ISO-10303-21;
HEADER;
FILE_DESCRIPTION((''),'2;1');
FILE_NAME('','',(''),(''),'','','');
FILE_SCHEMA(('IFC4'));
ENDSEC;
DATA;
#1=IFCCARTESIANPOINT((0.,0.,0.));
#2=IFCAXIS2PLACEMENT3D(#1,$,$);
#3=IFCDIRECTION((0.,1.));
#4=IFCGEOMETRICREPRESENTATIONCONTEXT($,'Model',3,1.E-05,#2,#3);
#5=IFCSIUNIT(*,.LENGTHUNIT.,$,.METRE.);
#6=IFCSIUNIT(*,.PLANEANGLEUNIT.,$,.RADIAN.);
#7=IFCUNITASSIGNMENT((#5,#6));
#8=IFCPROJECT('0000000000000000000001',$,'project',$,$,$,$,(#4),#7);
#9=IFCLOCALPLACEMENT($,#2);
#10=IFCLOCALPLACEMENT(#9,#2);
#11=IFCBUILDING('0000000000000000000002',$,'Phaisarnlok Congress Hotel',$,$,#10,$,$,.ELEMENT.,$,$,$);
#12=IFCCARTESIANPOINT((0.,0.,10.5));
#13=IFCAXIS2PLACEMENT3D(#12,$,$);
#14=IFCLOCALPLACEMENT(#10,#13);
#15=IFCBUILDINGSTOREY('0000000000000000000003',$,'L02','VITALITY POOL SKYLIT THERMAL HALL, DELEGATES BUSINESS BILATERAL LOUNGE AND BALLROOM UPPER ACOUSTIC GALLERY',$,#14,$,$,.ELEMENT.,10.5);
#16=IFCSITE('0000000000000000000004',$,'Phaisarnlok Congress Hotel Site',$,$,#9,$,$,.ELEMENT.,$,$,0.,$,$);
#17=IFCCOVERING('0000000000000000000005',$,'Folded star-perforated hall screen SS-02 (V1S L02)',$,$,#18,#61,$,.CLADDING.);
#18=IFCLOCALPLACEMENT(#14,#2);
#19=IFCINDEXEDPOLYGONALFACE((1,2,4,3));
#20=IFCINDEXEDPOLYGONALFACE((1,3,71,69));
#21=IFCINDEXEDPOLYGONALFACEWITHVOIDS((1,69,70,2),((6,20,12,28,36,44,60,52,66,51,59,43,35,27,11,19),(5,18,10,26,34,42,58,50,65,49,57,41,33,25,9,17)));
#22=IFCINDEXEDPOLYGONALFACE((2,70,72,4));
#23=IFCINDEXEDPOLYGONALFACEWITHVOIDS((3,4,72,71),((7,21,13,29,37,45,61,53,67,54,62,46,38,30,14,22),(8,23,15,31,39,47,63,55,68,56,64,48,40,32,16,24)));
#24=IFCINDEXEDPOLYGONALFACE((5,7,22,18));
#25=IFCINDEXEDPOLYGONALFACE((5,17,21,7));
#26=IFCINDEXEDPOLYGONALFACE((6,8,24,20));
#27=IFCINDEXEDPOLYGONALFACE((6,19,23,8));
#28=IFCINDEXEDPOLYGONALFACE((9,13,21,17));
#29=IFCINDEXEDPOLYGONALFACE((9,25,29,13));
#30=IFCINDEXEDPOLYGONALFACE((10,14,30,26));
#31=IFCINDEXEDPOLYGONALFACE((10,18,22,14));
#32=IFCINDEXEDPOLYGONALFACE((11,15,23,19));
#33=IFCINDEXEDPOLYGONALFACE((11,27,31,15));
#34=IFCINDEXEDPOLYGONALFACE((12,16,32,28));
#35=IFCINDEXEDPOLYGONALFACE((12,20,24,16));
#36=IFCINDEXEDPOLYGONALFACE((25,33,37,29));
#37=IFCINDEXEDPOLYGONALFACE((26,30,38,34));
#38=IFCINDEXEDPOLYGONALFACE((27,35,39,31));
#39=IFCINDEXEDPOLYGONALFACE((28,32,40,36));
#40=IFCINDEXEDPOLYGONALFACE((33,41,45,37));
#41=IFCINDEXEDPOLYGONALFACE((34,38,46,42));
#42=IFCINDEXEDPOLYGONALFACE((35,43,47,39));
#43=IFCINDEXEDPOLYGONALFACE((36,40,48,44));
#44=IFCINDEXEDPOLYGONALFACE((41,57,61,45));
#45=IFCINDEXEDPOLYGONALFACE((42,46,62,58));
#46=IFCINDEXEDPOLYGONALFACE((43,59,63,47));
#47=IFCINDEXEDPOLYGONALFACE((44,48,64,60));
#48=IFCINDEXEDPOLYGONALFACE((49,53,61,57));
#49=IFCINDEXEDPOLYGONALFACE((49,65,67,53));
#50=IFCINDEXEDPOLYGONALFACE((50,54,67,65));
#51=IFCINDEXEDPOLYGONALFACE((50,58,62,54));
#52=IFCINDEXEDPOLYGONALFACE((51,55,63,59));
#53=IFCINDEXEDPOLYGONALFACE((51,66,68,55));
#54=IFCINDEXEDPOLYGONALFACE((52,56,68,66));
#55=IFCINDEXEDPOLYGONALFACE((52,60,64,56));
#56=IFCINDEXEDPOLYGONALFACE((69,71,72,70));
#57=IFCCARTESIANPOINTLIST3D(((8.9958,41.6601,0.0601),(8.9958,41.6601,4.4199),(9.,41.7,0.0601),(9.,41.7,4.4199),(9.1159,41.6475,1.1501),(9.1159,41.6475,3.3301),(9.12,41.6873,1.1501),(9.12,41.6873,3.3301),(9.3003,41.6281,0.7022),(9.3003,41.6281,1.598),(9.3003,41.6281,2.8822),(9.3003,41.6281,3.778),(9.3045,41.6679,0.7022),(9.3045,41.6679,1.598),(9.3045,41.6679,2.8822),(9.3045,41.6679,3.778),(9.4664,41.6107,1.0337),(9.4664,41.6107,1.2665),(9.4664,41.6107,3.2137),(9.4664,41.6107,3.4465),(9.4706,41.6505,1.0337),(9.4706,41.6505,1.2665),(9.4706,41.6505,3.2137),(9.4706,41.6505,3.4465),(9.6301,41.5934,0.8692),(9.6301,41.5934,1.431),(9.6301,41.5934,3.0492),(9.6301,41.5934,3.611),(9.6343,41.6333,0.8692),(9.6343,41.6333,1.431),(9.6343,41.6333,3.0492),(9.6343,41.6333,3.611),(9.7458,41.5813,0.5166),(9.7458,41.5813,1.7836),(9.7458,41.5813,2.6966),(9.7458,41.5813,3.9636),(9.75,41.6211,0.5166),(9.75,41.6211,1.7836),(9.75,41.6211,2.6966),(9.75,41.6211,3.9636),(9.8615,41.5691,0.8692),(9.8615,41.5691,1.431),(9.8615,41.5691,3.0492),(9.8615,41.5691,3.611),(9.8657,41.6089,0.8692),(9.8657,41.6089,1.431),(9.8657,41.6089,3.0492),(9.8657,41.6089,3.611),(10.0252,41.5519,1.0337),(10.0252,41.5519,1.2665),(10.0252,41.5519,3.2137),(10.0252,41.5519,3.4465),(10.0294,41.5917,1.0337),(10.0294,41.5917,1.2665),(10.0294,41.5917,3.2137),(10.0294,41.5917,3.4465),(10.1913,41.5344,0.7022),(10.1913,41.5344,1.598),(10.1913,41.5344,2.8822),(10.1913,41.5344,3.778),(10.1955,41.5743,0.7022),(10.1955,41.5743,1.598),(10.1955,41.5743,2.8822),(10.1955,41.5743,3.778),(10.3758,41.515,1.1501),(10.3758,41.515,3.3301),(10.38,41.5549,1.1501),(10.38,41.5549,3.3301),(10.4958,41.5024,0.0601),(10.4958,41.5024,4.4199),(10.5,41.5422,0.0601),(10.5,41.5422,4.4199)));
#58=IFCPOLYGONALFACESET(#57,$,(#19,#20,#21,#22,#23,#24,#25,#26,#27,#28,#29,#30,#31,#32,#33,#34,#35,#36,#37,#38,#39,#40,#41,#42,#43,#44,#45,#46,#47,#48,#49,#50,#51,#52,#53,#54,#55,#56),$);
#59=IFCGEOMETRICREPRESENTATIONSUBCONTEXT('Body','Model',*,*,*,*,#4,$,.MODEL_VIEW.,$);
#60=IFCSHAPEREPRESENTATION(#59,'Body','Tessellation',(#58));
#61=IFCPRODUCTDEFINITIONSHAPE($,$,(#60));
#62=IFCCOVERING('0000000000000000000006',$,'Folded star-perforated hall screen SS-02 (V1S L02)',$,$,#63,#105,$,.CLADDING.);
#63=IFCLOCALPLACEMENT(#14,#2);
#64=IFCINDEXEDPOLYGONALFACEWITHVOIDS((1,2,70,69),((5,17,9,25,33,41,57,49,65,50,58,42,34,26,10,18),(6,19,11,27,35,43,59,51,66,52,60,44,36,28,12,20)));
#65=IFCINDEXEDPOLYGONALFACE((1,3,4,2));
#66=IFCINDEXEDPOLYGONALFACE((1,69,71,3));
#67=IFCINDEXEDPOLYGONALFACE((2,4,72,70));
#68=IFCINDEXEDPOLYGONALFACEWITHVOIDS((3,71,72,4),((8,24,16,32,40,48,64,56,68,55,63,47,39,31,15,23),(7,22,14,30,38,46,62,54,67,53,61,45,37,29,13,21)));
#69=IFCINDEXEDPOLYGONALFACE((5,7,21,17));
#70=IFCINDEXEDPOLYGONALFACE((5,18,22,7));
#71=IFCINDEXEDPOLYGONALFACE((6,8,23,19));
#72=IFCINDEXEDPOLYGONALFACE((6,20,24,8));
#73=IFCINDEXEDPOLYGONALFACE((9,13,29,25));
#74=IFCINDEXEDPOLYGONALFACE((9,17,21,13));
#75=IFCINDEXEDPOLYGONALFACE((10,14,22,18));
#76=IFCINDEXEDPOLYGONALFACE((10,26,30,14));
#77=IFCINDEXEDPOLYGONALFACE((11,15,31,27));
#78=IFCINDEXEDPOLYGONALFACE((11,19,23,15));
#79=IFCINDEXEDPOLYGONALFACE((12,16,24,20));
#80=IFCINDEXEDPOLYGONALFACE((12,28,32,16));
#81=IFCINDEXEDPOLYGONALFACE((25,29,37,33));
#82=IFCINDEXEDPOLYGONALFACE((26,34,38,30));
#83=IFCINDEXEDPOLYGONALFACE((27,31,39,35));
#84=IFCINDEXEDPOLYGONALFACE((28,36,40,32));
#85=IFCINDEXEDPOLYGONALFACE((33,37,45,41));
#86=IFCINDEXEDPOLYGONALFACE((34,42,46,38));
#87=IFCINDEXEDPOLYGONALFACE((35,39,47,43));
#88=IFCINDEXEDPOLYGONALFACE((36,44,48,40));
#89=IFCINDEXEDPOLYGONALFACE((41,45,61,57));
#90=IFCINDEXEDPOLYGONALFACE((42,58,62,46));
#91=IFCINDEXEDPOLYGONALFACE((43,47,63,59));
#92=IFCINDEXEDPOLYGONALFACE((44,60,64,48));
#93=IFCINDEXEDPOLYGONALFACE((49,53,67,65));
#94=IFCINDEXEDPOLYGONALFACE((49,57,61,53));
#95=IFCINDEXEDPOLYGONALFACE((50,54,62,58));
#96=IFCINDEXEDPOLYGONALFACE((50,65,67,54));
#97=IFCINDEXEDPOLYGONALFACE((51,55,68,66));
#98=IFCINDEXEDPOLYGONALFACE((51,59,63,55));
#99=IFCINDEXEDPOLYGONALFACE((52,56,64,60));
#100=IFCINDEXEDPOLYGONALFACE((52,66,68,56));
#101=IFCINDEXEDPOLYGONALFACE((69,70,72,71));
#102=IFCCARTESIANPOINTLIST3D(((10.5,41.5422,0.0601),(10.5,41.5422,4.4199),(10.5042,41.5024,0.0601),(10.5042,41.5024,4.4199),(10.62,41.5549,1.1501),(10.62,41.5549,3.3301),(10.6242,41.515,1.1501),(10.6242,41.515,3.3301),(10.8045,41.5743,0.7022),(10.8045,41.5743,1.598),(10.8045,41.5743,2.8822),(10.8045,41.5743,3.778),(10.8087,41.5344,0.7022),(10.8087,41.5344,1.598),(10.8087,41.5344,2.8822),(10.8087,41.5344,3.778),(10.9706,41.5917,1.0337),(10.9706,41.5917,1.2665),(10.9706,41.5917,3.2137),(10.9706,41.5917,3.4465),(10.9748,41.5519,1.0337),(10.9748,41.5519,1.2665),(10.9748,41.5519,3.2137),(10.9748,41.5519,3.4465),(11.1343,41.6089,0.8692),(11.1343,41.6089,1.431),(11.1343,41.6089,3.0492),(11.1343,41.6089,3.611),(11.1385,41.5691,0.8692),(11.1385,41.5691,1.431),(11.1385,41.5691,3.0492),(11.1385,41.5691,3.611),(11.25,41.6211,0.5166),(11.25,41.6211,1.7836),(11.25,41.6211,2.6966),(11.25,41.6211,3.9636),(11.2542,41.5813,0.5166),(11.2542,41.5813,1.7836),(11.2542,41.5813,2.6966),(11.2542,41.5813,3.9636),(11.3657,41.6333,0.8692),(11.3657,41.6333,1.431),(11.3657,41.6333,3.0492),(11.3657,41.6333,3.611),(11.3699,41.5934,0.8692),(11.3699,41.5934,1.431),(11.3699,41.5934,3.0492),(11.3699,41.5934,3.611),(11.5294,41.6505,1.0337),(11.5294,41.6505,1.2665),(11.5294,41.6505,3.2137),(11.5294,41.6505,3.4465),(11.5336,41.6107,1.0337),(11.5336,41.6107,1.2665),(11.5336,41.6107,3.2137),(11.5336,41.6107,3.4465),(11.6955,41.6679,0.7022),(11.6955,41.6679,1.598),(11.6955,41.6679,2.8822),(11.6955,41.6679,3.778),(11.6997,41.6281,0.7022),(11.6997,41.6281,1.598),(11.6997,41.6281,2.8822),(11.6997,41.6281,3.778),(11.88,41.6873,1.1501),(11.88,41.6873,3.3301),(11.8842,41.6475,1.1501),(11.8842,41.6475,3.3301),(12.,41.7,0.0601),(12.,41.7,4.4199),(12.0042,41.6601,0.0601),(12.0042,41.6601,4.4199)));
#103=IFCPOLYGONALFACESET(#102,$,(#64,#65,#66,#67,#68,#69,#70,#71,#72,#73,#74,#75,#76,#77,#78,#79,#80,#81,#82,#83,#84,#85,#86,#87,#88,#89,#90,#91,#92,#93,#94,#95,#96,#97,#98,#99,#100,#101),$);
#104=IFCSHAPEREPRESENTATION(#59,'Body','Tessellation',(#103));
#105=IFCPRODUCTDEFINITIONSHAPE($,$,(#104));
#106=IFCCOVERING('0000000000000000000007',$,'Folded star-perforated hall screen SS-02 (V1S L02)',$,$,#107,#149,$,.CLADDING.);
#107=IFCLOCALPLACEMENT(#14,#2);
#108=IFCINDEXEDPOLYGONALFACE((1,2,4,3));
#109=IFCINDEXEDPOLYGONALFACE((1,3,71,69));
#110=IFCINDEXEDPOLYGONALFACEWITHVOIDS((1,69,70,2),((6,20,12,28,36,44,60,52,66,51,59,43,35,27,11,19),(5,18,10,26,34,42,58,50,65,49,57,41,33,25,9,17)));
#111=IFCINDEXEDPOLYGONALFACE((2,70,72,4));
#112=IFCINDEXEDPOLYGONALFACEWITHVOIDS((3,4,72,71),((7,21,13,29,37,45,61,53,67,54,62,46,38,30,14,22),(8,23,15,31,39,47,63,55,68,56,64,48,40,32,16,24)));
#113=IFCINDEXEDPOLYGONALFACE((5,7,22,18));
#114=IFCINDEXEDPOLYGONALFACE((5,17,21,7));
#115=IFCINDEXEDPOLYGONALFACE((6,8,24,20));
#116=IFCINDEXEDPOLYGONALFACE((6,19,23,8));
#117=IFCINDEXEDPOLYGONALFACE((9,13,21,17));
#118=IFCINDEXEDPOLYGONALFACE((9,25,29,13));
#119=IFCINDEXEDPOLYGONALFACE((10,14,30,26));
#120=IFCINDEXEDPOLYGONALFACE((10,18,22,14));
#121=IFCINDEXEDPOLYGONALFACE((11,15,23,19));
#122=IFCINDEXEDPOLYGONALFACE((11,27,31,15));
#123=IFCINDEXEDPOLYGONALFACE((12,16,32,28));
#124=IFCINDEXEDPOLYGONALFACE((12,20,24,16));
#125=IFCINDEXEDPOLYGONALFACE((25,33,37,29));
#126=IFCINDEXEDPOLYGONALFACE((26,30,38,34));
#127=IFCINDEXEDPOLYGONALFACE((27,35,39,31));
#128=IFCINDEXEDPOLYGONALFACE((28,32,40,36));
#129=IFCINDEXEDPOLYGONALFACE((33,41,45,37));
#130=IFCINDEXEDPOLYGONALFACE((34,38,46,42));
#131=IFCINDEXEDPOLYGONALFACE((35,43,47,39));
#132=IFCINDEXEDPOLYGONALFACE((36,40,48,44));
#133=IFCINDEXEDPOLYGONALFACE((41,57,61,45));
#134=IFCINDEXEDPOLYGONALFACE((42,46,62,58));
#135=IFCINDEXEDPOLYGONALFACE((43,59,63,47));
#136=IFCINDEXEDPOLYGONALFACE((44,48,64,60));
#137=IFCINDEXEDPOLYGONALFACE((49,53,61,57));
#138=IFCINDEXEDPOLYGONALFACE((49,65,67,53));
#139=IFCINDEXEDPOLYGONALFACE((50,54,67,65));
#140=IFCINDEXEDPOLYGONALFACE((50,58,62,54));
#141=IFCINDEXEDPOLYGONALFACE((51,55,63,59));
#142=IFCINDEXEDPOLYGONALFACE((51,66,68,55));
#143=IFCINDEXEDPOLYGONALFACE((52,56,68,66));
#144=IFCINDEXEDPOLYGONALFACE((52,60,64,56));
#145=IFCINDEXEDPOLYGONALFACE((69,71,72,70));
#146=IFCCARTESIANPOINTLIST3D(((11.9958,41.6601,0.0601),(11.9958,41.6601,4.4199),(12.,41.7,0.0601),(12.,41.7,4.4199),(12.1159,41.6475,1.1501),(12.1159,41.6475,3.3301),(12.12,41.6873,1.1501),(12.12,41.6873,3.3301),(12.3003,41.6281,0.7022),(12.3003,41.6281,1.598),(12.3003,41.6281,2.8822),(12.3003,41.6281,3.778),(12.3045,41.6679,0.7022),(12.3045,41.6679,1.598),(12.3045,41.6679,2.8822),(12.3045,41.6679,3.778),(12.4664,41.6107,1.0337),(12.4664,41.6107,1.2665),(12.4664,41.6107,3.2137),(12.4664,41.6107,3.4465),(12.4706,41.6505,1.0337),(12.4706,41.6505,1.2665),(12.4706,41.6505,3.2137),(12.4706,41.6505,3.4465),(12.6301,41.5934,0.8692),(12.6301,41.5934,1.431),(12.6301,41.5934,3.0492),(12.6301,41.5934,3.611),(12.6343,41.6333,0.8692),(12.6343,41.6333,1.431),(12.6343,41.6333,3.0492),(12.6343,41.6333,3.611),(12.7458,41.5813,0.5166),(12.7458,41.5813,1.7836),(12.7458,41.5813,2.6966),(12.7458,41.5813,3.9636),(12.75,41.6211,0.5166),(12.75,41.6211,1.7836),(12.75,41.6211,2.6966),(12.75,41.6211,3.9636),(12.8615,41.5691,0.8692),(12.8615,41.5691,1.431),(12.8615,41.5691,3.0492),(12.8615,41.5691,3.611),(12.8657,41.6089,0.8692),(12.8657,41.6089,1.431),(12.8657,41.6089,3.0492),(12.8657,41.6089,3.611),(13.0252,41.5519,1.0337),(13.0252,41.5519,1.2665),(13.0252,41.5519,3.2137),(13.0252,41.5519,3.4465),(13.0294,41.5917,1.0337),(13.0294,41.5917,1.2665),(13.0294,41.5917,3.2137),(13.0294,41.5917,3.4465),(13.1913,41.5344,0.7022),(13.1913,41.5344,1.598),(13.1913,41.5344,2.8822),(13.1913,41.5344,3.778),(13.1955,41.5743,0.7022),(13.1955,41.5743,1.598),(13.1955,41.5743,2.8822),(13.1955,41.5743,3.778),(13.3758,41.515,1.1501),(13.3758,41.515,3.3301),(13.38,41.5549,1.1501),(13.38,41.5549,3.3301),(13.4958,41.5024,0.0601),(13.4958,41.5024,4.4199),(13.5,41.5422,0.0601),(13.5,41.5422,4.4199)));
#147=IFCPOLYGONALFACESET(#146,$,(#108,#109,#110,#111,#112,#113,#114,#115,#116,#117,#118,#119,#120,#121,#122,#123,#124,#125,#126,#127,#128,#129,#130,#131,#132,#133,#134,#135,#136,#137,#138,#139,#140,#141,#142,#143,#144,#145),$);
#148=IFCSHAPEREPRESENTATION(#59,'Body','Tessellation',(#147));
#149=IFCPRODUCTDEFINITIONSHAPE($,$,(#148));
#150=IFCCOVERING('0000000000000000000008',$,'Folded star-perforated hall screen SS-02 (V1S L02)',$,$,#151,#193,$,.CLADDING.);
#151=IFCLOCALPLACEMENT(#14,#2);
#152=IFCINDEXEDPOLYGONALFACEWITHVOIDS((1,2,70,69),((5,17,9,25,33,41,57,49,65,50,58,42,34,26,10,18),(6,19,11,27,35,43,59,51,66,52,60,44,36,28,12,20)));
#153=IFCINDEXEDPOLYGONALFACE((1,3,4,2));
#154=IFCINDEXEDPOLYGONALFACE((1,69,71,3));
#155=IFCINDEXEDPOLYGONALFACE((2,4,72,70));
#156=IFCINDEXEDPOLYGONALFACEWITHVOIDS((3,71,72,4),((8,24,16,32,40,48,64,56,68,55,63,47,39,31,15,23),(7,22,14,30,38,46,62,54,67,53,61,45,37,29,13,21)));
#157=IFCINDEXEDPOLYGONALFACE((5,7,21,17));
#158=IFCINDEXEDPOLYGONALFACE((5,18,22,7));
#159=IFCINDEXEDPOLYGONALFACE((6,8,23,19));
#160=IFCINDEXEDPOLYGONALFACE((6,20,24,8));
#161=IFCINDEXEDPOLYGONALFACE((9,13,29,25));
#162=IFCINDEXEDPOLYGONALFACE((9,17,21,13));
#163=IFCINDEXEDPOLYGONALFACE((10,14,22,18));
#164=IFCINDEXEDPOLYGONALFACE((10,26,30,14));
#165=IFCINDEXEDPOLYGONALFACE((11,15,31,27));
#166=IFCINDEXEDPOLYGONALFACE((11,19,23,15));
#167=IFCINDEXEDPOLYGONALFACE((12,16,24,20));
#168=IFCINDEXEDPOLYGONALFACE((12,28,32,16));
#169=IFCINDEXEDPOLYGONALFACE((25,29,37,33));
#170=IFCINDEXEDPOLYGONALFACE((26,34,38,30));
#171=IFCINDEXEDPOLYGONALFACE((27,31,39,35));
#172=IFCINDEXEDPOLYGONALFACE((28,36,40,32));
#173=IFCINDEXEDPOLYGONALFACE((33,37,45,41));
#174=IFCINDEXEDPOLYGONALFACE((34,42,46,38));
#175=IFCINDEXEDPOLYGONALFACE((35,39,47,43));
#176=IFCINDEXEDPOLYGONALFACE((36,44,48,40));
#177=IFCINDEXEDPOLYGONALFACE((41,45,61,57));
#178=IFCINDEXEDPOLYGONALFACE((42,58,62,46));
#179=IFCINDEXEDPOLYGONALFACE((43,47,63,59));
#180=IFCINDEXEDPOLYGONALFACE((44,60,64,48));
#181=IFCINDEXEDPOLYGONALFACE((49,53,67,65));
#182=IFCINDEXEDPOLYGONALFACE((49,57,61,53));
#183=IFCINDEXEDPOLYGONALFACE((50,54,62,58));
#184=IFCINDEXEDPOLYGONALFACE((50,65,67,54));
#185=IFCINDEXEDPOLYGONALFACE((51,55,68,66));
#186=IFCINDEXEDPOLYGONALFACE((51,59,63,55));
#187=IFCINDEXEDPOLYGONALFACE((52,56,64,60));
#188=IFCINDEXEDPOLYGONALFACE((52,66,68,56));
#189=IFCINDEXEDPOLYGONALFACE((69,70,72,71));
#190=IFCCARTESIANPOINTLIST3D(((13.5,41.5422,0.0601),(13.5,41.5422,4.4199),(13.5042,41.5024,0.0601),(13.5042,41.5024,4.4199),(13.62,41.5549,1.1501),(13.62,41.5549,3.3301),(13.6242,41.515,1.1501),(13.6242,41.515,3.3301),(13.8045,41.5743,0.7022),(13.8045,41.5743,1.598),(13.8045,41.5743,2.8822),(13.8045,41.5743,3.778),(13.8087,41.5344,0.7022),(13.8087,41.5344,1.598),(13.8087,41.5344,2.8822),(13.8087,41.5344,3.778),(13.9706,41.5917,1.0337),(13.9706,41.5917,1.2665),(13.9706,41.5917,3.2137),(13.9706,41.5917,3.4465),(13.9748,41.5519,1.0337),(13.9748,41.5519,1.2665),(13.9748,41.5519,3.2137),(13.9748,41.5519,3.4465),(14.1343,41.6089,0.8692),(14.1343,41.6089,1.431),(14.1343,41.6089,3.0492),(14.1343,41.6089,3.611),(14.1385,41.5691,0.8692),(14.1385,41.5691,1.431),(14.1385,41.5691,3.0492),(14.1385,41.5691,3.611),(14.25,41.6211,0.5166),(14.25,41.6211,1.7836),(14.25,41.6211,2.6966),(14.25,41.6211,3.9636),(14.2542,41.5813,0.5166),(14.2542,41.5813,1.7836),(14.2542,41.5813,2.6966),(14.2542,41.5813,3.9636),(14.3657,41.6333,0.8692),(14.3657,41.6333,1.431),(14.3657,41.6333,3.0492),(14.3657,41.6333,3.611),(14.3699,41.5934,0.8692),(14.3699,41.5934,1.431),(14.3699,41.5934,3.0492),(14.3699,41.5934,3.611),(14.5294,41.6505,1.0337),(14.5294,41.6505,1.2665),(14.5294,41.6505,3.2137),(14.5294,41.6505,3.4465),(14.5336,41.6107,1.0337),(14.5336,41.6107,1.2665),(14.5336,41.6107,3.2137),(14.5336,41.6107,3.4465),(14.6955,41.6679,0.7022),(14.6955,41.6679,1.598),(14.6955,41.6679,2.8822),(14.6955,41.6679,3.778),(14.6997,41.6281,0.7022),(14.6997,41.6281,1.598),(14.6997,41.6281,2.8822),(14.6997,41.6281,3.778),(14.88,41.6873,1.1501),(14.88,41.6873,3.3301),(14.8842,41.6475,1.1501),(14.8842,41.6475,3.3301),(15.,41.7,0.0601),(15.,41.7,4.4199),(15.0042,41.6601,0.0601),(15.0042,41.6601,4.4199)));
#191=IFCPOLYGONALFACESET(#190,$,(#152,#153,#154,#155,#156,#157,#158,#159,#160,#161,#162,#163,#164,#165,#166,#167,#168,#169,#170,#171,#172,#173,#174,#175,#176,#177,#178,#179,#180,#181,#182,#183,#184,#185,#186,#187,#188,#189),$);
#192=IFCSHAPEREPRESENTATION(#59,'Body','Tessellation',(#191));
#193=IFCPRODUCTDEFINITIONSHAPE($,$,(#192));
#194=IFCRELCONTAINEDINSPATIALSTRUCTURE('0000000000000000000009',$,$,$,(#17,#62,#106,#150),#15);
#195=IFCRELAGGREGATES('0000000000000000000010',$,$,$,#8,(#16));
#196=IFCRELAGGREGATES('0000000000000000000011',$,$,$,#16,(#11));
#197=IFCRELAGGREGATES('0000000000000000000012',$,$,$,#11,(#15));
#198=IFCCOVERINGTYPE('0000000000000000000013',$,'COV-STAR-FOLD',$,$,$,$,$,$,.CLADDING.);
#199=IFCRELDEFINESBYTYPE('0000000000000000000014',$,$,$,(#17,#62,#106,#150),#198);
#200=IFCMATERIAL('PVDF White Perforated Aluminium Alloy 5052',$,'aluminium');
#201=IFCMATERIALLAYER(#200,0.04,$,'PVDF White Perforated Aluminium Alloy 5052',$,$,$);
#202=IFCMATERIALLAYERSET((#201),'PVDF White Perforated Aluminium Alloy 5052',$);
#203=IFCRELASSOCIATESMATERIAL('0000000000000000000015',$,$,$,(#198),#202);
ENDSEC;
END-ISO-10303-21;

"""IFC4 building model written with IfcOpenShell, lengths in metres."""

from ifc_helpers import new_model, si_unit, direction, frame, origin, place, context, subcontext, project, spatial, polyline, outline, extrude, material, layer, layer_set, type_object, element, save


model = new_model("IFC4")

# Units and contexts
model_context = context("Model", 3, precision=1e-05, world=origin(), true_north=direction((0.0, 1.0)))
body_context = subcontext(model_context, "Body", "Model", "MODEL_VIEW")
ifc_project = project(units=[si_unit("LENGTHUNIT", "METRE"), si_unit("PLANEANGLEUNIT", "RADIAN")], contexts=[model_context])

# Site, building, storey
site_placement = place(None, origin())
site = spatial("IfcSite", under=ifc_project, at=site_placement, Name="Phaisarnlok Congress Hotel Site", CompositionType="ELEMENT", RefElevation=0.0)
building_placement = place(site_placement, origin())
building = spatial("IfcBuilding", under=site, at=building_placement, Name="Phaisarnlok Congress Hotel", CompositionType="ELEMENT")
storey_placement = place(building_placement, frame((0.0, 0.0, 10.5)))
storey = spatial("IfcBuildingStorey", under=building, at=storey_placement, Name="L02", Description="VITALITY POOL SKYLIT THERMAL HALL, DELEGATES BUSINESS BILATERAL LOUNGE AND BALLROOM UPPER ACOUSTIC GALLERY", CompositionType="ELEMENT", Elevation=10.5)

# Coverings
ifc_material_1 = material(Name="PVDF White Perforated Aluminium Alloy 5052", Category="aluminium")
ifc_layer_1 = layer(ifc_material_1, 0.04, Name="PVDF White Perforated Aluminium Alloy 5052")
ifc_layer_set_1 = layer_set([ifc_layer_1], Name="PVDF White Perforated Aluminium Alloy 5052")
covering_type_1 = type_object("IfcCoveringType", Name="COV-STAR-FOLD", PredefinedType="CLADDING", material=ifc_layer_set_1)
for number, where, z_axis, x_axis, name in (
    (1, (9.0, 41.7, 0.0601), (-0.104567, -0.994518, 0.0), (0.994518, -0.104567, 0.0), "Folded star-perforated hall screen SS-02 (V1S L02)"),
    (2, (10.5, 41.5422, 0.0601), (0.104567, -0.994518, 0.0), (0.994518, 0.104567, 0.0), "Folded star-perforated hall screen SS-02 (V1S L02)"),
    (3, (12.0, 41.7, 0.0601), (-0.104567, -0.994518, 0.0), (0.994518, -0.104567, 0.0), "Folded star-perforated hall screen SS-02 (V1S L02)"),
    (4, (13.5, 41.5422, 0.0601), (0.104567, -0.994518, 0.0), (0.994518, 0.104567, 0.0), "Folded star-perforated hall screen SS-02 (V1S L02)"),
):
    element("IfcCovering", number, at=place(storey_placement, frame(where, z_axis=z_axis, x_axis=x_axis)), inside=storey, type_object=covering_type_1, Name=name, PredefinedType="CLADDING", context=body_context, shape_type="SweptSolid", body=[
        extrude(outline(polyline([(0.0, 0.0), (1.5083, 0.0), (1.5083, 4.3599), (0.0, 4.3599), (0.0, 0.0)]), holes=[polyline([(1.0351, 0.9736), (1.2021, 0.6421), (0.8705, 0.8091), (0.7541, 0.4565), (0.6378, 0.8091), (0.3062, 0.6421), (0.4732, 0.9736), (0.1207, 1.09), (0.4732, 1.2064), (0.3062, 1.5379), (0.6378, 1.3709), (0.7541, 1.7235), (0.8705, 1.3709), (1.2021, 1.5379), (1.0351, 1.2064), (1.3876, 1.09), (1.0351, 0.9736)]), polyline([(1.0351, 3.1536), (1.2021, 2.8221), (0.8705, 2.9891), (0.7541, 2.6365), (0.6378, 2.9891), (0.3062, 2.8221), (0.4732, 3.1536), (0.1207, 3.27), (0.4732, 3.3864), (0.3062, 3.7179), (0.6378, 3.5509), (0.7541, 3.9035), (0.8705, 3.5509), (1.2021, 3.7179), (1.0351, 3.3864), (1.3876, 3.27), (1.0351, 3.1536)])]), origin(), (0.0, 0.0, 1.0), 0.04),
    ])

save(model, "model.ifc")
